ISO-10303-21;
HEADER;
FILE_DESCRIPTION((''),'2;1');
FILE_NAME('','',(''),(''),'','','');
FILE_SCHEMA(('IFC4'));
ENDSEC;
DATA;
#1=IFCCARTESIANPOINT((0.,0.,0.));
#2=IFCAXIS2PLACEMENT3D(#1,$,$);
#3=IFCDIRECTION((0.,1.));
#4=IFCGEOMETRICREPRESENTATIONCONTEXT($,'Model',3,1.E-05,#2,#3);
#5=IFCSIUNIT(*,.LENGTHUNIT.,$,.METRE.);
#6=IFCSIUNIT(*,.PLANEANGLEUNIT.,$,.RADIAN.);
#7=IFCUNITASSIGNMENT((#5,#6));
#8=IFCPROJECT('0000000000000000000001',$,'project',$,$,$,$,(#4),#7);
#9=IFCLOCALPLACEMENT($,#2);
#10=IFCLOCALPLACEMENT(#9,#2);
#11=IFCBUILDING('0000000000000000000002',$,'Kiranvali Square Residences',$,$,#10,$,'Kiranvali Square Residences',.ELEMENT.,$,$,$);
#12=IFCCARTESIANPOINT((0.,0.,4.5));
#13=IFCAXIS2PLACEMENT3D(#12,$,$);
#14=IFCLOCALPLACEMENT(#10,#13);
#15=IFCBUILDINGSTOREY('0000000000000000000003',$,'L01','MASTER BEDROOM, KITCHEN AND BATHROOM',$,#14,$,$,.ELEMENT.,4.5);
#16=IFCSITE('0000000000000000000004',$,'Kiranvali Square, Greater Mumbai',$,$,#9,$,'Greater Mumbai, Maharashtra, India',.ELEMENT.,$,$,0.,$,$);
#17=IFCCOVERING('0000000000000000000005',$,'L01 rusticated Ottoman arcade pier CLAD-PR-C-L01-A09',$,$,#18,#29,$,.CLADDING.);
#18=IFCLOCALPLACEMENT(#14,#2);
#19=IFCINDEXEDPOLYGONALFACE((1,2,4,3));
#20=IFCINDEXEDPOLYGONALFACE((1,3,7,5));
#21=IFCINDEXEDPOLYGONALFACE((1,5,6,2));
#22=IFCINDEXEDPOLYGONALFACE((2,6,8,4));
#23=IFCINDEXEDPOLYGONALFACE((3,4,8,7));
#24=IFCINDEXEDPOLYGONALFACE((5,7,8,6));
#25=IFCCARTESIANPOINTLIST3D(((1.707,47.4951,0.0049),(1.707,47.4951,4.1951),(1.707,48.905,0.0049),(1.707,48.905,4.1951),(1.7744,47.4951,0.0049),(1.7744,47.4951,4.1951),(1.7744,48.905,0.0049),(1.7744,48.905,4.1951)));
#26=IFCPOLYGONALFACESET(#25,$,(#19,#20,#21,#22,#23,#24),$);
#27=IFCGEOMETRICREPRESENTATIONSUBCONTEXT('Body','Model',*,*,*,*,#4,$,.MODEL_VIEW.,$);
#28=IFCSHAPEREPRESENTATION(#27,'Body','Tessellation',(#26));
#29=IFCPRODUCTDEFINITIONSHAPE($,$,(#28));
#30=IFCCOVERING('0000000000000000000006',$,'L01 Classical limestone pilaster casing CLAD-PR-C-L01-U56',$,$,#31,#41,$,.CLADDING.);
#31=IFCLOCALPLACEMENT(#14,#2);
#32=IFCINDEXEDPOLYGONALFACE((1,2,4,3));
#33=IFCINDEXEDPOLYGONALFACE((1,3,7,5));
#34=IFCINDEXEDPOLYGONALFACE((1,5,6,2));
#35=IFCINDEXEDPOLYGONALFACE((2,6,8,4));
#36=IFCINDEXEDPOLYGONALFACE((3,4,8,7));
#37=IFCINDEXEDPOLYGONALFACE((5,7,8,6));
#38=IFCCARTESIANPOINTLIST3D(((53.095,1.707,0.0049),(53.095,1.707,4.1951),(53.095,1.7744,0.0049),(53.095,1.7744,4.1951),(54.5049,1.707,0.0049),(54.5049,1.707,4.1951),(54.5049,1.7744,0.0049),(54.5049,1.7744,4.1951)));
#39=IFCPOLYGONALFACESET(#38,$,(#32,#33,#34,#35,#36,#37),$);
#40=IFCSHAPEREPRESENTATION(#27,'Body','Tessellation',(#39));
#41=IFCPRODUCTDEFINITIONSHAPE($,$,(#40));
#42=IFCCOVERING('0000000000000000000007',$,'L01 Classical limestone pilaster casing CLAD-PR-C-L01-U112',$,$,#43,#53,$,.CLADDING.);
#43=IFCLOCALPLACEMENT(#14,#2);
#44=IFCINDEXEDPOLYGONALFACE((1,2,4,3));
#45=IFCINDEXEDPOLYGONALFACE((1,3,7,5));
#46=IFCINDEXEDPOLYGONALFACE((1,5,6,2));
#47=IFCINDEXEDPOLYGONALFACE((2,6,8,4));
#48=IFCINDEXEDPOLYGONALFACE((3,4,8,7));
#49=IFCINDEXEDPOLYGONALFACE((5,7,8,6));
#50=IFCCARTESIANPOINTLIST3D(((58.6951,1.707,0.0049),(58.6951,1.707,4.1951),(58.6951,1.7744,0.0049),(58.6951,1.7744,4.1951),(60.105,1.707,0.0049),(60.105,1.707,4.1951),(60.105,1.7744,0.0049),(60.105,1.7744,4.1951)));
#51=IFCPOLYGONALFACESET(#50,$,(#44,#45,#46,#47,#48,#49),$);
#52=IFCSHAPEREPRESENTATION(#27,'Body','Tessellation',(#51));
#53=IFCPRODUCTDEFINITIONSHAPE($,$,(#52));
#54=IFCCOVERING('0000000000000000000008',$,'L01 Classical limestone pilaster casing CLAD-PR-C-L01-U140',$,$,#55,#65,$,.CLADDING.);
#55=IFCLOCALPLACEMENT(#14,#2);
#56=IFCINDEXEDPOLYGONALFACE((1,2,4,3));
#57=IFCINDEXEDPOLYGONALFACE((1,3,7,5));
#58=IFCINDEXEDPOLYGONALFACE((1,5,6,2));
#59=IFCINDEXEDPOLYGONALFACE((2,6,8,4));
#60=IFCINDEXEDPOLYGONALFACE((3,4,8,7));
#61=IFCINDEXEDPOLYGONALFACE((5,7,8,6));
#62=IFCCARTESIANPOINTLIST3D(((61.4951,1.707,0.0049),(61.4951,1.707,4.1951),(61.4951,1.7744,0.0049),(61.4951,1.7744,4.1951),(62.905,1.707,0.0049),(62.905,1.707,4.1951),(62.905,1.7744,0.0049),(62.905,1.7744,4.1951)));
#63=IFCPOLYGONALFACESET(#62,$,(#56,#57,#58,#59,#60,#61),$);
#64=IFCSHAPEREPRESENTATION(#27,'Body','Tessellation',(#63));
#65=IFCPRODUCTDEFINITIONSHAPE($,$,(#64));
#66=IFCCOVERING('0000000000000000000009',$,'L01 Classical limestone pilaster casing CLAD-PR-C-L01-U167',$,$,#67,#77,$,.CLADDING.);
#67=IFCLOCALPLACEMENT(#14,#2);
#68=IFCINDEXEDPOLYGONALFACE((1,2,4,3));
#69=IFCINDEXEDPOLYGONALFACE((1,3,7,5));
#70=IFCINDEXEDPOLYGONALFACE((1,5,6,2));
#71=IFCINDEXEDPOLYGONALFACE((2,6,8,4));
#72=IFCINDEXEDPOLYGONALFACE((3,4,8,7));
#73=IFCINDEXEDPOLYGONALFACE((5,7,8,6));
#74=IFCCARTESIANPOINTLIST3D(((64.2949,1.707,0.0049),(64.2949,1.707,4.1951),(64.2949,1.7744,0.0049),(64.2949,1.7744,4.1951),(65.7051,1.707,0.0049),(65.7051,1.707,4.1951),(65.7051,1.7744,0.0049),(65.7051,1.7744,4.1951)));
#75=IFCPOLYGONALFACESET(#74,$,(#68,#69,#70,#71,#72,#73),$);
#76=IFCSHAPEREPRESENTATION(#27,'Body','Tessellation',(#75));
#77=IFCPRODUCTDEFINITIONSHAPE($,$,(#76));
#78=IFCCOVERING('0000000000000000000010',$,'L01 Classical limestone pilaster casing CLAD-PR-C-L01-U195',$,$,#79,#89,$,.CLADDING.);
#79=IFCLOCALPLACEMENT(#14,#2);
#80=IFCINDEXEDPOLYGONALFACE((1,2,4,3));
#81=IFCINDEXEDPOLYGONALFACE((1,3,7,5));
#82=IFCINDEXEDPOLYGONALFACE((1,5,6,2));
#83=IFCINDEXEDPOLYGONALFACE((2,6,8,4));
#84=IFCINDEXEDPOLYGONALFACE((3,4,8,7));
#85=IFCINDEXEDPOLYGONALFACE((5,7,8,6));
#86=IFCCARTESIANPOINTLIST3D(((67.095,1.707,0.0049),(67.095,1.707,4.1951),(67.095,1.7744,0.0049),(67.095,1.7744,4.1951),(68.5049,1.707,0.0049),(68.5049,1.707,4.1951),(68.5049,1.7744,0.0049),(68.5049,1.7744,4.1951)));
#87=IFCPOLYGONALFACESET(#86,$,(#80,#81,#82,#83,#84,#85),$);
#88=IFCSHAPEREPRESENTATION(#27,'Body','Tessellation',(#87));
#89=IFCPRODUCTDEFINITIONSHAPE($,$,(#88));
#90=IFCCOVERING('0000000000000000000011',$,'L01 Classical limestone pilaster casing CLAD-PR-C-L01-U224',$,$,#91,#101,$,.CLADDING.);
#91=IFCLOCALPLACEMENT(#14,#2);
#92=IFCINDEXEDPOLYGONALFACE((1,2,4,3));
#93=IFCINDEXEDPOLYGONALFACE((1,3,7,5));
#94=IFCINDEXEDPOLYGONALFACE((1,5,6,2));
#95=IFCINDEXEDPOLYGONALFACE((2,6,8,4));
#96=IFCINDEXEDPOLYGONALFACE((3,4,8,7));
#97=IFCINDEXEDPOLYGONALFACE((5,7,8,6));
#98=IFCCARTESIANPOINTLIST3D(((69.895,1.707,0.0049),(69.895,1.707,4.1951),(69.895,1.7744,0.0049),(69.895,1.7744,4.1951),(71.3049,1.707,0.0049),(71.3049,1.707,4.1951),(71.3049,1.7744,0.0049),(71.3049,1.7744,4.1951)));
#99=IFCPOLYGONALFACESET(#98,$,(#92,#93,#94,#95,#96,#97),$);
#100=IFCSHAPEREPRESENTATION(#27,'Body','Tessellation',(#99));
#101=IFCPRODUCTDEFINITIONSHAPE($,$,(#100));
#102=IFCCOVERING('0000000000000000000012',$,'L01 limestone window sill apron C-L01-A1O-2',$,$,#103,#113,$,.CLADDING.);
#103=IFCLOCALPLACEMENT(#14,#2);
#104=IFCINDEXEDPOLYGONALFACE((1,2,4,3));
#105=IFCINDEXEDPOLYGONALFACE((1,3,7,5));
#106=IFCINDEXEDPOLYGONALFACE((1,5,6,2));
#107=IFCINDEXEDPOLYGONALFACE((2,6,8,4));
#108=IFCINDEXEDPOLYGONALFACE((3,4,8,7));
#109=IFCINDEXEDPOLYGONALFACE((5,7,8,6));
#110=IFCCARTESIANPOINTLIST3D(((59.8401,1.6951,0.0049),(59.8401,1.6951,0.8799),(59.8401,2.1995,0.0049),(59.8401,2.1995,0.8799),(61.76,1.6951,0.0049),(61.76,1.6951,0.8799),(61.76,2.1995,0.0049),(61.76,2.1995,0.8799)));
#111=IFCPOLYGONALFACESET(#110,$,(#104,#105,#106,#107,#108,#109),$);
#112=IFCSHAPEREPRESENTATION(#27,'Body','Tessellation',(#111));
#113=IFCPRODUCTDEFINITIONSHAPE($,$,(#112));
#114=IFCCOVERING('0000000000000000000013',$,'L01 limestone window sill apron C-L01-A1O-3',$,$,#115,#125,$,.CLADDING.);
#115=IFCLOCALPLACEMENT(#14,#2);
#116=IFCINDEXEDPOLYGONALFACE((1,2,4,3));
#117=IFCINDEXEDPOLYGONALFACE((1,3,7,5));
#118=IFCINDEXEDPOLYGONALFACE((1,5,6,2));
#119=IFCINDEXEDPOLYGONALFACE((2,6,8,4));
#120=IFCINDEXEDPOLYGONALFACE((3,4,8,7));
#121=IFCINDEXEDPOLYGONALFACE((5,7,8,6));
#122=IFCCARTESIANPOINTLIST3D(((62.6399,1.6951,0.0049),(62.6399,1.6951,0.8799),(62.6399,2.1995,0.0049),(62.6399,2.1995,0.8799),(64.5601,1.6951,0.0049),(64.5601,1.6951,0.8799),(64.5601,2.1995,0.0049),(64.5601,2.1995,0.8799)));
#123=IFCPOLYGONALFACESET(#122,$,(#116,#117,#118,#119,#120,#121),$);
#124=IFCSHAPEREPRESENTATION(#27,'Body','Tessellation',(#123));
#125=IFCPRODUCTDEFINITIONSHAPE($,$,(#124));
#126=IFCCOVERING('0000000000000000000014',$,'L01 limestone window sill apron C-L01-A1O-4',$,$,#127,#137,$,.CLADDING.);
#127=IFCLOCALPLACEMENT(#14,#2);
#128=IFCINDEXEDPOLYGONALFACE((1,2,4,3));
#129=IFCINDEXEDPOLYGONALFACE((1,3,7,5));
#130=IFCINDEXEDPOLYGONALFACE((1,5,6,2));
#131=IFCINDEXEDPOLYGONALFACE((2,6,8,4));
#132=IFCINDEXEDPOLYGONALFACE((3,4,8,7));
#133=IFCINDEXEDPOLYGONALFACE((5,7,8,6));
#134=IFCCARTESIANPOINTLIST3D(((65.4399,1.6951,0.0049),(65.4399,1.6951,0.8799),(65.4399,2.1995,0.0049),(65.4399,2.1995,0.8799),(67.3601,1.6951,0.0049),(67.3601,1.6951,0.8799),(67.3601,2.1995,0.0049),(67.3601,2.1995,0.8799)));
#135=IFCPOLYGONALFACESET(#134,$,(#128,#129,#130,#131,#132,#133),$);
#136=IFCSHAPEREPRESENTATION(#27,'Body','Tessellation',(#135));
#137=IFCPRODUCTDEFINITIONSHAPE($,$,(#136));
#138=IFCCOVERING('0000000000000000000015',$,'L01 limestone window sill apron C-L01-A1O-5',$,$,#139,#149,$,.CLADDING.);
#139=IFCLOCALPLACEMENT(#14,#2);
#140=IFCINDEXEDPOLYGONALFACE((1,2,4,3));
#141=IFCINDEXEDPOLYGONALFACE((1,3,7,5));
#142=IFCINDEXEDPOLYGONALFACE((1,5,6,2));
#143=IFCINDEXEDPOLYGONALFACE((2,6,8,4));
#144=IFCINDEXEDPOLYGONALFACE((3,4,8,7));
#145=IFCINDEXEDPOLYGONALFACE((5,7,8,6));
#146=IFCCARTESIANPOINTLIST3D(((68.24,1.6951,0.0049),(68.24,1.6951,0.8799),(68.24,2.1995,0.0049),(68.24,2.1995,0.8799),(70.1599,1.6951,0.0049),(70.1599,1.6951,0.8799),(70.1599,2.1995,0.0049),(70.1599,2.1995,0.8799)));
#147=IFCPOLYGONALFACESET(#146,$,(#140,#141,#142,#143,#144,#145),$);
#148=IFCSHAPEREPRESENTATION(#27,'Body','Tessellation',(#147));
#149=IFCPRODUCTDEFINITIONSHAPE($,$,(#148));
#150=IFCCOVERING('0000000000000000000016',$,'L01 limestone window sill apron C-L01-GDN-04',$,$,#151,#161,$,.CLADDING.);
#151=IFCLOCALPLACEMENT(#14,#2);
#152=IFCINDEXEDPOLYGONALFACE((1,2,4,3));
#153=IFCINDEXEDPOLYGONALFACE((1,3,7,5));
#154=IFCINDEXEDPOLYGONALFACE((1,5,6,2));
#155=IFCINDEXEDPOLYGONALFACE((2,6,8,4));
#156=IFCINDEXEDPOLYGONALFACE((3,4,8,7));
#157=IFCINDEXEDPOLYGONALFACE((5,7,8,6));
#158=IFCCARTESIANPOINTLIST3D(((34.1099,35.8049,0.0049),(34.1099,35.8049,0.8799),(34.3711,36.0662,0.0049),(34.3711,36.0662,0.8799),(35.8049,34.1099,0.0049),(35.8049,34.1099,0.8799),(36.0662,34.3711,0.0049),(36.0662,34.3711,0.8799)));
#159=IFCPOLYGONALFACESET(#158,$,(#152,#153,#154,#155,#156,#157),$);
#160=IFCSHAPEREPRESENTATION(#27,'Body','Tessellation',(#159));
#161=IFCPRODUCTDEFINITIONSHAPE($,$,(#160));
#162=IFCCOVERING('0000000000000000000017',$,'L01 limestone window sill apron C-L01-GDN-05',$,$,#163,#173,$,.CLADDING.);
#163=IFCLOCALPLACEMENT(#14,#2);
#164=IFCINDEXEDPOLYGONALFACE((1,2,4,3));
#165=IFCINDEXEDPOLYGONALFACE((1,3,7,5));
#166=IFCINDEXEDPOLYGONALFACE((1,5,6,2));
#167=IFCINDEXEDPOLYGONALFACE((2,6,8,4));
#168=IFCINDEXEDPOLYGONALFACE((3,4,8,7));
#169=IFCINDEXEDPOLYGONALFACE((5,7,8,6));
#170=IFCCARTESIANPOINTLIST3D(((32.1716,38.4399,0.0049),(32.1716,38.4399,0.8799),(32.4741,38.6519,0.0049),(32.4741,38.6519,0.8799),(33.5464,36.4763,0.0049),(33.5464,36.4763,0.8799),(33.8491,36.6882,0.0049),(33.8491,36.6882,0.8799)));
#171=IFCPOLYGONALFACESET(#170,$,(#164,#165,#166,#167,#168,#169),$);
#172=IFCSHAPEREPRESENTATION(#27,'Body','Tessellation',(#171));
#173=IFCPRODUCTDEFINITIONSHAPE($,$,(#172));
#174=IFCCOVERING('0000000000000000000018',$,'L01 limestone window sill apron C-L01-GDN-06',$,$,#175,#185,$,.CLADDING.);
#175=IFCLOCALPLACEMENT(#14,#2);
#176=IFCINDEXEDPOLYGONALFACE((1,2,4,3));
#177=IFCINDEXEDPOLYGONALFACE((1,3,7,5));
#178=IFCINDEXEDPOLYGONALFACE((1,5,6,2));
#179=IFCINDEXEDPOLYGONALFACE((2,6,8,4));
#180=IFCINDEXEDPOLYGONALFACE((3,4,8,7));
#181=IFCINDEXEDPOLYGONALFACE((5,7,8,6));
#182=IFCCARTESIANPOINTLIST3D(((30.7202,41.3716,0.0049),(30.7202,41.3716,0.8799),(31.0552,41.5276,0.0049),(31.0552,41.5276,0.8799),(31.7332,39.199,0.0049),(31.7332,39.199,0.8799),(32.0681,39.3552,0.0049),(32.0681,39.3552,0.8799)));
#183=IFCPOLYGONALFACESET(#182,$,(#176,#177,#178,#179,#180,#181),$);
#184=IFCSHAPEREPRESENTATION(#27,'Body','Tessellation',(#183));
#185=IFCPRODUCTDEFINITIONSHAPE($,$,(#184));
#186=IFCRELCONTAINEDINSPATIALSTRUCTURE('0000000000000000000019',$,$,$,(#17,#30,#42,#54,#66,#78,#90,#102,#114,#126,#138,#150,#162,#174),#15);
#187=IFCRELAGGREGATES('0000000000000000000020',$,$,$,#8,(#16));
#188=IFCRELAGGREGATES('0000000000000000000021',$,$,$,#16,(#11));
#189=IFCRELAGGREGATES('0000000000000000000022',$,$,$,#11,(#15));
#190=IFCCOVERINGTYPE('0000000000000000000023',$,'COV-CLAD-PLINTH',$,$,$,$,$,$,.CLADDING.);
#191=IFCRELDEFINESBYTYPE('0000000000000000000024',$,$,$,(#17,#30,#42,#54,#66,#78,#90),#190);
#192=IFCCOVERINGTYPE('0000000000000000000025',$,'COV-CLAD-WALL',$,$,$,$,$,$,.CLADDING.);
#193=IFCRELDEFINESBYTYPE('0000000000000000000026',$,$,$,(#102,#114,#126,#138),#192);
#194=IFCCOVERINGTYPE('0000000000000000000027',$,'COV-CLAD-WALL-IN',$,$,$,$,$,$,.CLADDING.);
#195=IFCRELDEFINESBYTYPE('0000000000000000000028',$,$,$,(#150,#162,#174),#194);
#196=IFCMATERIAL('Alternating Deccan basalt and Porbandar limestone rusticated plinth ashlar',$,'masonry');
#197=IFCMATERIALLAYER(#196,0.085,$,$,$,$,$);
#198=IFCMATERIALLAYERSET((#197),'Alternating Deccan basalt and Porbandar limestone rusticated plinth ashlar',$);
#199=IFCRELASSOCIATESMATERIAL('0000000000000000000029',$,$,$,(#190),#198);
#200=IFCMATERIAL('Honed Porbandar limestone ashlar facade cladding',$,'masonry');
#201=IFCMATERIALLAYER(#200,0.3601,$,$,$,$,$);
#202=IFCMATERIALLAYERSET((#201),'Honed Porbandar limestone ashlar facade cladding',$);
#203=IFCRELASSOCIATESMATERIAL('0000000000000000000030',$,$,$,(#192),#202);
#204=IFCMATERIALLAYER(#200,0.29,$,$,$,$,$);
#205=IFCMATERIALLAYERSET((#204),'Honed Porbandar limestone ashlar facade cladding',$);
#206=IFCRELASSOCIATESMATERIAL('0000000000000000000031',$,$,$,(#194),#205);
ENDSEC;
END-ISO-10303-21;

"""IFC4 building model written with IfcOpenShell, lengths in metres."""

from ifc_helpers import new_model, si_unit, direction, frame, origin, place, context, subcontext, project, spatial, polyline, outline, extrude, material, layer, layer_set, type_object, element, save


model = new_model("IFC4")

# Units and contexts
model_context = context("Model", 3, precision=1e-05, world=origin(), true_north=direction((0.0, 1.0)))
body_context = subcontext(model_context, "Body", "Model", "MODEL_VIEW")
ifc_project = project(units=[si_unit("LENGTHUNIT", "METRE"), si_unit("PLANEANGLEUNIT", "RADIAN")], contexts=[model_context])

# Site, building, storey
site_placement = place(None, origin())
site = spatial("IfcSite", under=ifc_project, at=site_placement, Name="Kiranvali Square, Greater Mumbai", LongName="Greater Mumbai, Maharashtra, India", CompositionType="ELEMENT", RefElevation=0.0)
building_placement = place(site_placement, origin())
building = spatial("IfcBuilding", under=site, at=building_placement, Name="Kiranvali Square Residences", LongName="Kiranvali Square Residences", CompositionType="ELEMENT")
storey_placement = place(building_placement, frame((0.0, 0.0, 4.5)))
storey = spatial("IfcBuildingStorey", under=building, at=storey_placement, Name="L01", Description="MASTER BEDROOM, KITCHEN AND BATHROOM", CompositionType="ELEMENT", Elevation=4.5)

# Coverings
ifc_material_1 = material(Name="Honed Porbandar limestone ashlar facade cladding", Category="masonry")
ifc_material_2 = material(Name="Alternating Deccan basalt and Porbandar limestone rusticated plinth ashlar", Category="masonry")
ifc_layer_1 = layer(ifc_material_2, 0.085)
ifc_layer_set_1 = layer_set([ifc_layer_1], Name="Alternating Deccan basalt and Porbandar limestone rusticated plinth ashlar")
covering_type_1 = type_object("IfcCoveringType", Name="COV-CLAD-PLINTH", PredefinedType="CLADDING", material=ifc_layer_set_1)
covering_1_placement = place(storey_placement, frame((0.0, 0.0, 0.0049)))
element("IfcCovering", 1, at=covering_1_placement, inside=storey, type_object=covering_type_1, Name="L01 rusticated Ottoman arcade pier CLAD-PR-C-L01-A09", PredefinedType="CLADDING", context=body_context, shape_type="SweptSolid", body=[
    extrude(outline(polyline([(1.707, 48.905), (1.707, 47.4951), (1.7744, 47.4951), (1.7744, 48.905), (1.707, 48.905)])), origin(), (0.0, 0.0, 1.0), 4.1902),
])
covering_2_placement = place(storey_placement, frame((0.0, 0.0, 0.0049)))
element("IfcCovering", 2, at=covering_2_placement, inside=storey, type_object=covering_type_1, Name="L01 Classical limestone pilaster casing CLAD-PR-C-L01-U56", PredefinedType="CLADDING", context=body_context, shape_type="SweptSolid", body=[
    extrude(outline(polyline([(53.095, 1.707), (54.5049, 1.707), (54.5049, 1.7744), (53.095, 1.7744), (53.095, 1.707)])), origin(), (0.0, 0.0, 1.0), 4.1902),
])
covering_3_placement = place(storey_placement, frame((0.0, 0.0, 0.0049)))
element("IfcCovering", 3, at=covering_3_placement, inside=storey, type_object=covering_type_1, Name="L01 Classical limestone pilaster casing CLAD-PR-C-L01-U112", PredefinedType="CLADDING", context=body_context, shape_type="SweptSolid", body=[
    extrude(outline(polyline([(58.6951, 1.707), (60.105, 1.707), (60.105, 1.7744), (58.6951, 1.7744), (58.6951, 1.707)])), origin(), (0.0, 0.0, 1.0), 4.1902),
])
covering_4_placement = place(storey_placement, frame((0.0, 0.0, 0.0049)))
element("IfcCovering", 4, at=covering_4_placement, inside=storey, type_object=covering_type_1, Name="L01 Classical limestone pilaster casing CLAD-PR-C-L01-U140", PredefinedType="CLADDING", context=body_context, shape_type="SweptSolid", body=[
    extrude(outline(polyline([(61.4951, 1.707), (62.905, 1.707), (62.905, 1.7744), (61.4951, 1.7744), (61.4951, 1.707)])), origin(), (0.0, 0.0, 1.0), 4.1902),
])
covering_5_placement = place(storey_placement, frame((0.0, 0.0, 0.0049)))
element("IfcCovering", 5, at=covering_5_placement, inside=storey, type_object=covering_type_1, Name="L01 Classical limestone pilaster casing CLAD-PR-C-L01-U167", PredefinedType="CLADDING", context=body_context, shape_type="SweptSolid", body=[
    extrude(outline(polyline([(64.2949, 1.707), (65.7051, 1.707), (65.7051, 1.7744), (64.2949, 1.7744), (64.2949, 1.707)])), origin(), (0.0, 0.0, 1.0), 4.1902),
])
covering_6_placement = place(storey_placement, frame((0.0, 0.0, 0.0049)))
element("IfcCovering", 6, at=covering_6_placement, inside=storey, type_object=covering_type_1, Name="L01 Classical limestone pilaster casing CLAD-PR-C-L01-U195", PredefinedType="CLADDING", context=body_context, shape_type="SweptSolid", body=[
    extrude(outline(polyline([(67.095, 1.707), (68.5049, 1.707), (68.5049, 1.7744), (67.095, 1.7744), (67.095, 1.707)])), origin(), (0.0, 0.0, 1.0), 4.1902),
])
covering_7_placement = place(storey_placement, frame((0.0, 0.0, 0.0049)))
element("IfcCovering", 7, at=covering_7_placement, inside=storey, type_object=covering_type_1, Name="L01 Classical limestone pilaster casing CLAD-PR-C-L01-U224", PredefinedType="CLADDING", context=body_context, shape_type="SweptSolid", body=[
    extrude(outline(polyline([(69.895, 1.707), (71.3049, 1.707), (71.3049, 1.7744), (69.895, 1.7744), (69.895, 1.707)])), origin(), (0.0, 0.0, 1.0), 4.1902),
])
ifc_layer_2 = layer(ifc_material_1, 0.3601)
ifc_layer_set_2 = layer_set([ifc_layer_2], Name="Honed Porbandar limestone ashlar facade cladding")
covering_type_2 = type_object("IfcCoveringType", Name="COV-CLAD-WALL", PredefinedType="CLADDING", material=ifc_layer_set_2)
covering_8_placement = place(storey_placement, frame((0.0, 0.0, 0.0049)))
element("IfcCovering", 8, at=covering_8_placement, inside=storey, type_object=covering_type_2, Name="L01 limestone window sill apron C-L01-A1O-2", PredefinedType="CLADDING", context=body_context, shape_type="SweptSolid", body=[
    extrude(outline(polyline([(59.8401, 1.6951), (61.76, 1.6951), (61.76, 2.1995), (59.8401, 2.1995), (59.8401, 1.6951)])), origin(), (0.0, 0.0, 1.0), 0.875),
])
covering_9_placement = place(storey_placement, frame((0.0, 0.0, 0.0049)))
element("IfcCovering", 9, at=covering_9_placement, inside=storey, type_object=covering_type_2, Name="L01 limestone window sill apron C-L01-A1O-3", PredefinedType="CLADDING", context=body_context, shape_type="SweptSolid", body=[
    extrude(outline(polyline([(62.6399, 1.6951), (64.5601, 1.6951), (64.5601, 2.1995), (62.6399, 2.1995), (62.6399, 1.6951)])), origin(), (0.0, 0.0, 1.0), 0.875),
])
covering_10_placement = place(storey_placement, frame((0.0, 0.0, 0.0049)))
element("IfcCovering", 10, at=covering_10_placement, inside=storey, type_object=covering_type_2, Name="L01 limestone window sill apron C-L01-A1O-4", PredefinedType="CLADDING", context=body_context, shape_type="SweptSolid", body=[
    extrude(outline(polyline([(65.4399, 1.6951), (67.3601, 1.6951), (67.3601, 2.1995), (65.4399, 2.1995), (65.4399, 1.6951)])), origin(), (0.0, 0.0, 1.0), 0.875),
])
covering_11_placement = place(storey_placement, frame((0.0, 0.0, 0.0049)))
element("IfcCovering", 11, at=covering_11_placement, inside=storey, type_object=covering_type_2, Name="L01 limestone window sill apron C-L01-A1O-5", PredefinedType="CLADDING", context=body_context, shape_type="SweptSolid", body=[
    extrude(outline(polyline([(68.24, 1.6951), (70.1599, 1.6951), (70.1599, 2.1995), (68.24, 2.1995), (68.24, 1.6951)])), origin(), (0.0, 0.0, 1.0), 0.875),
])
ifc_layer_3 = layer(ifc_material_1, 0.29)
ifc_layer_set_3 = layer_set([ifc_layer_3], Name="Honed Porbandar limestone ashlar facade cladding")
covering_type_3 = type_object("IfcCoveringType", Name="COV-CLAD-WALL-IN", PredefinedType="CLADDING", material=ifc_layer_set_3)
covering_12_placement = place(storey_placement, frame((0.0, 0.0, 0.0049)))
element("IfcCovering", 12, at=covering_12_placement, inside=storey, type_object=covering_type_3, Name="L01 limestone window sill apron C-L01-GDN-04", PredefinedType="CLADDING", context=body_context, shape_type="SweptSolid", body=[
    extrude(outline(polyline([(36.0662, 34.3711), (34.3711, 36.0662), (34.1099, 35.8049), (35.8049, 34.1099), (36.0662, 34.3711)])), origin(), (0.0, 0.0, 1.0), 0.875),
])
covering_13_placement = place(storey_placement, frame((0.0, 0.0, 0.0049)))
element("IfcCovering", 13, at=covering_13_placement, inside=storey, type_object=covering_type_3, Name="L01 limestone window sill apron C-L01-GDN-05", PredefinedType="CLADDING", context=body_context, shape_type="SweptSolid", body=[
    extrude(outline(polyline([(33.8491, 36.6882), (32.4741, 38.6519), (32.1716, 38.4399), (33.5464, 36.4763), (33.8491, 36.6882)])), origin(), (0.0, 0.0, 1.0), 0.875),
])
covering_14_placement = place(storey_placement, frame((0.0, 0.0, 0.0049)))
element("IfcCovering", 14, at=covering_14_placement, inside=storey, type_object=covering_type_3, Name="L01 limestone window sill apron C-L01-GDN-06", PredefinedType="CLADDING", context=body_context, shape_type="SweptSolid", body=[
    extrude(outline(polyline([(32.0681, 39.3552), (31.0552, 41.5276), (30.7202, 41.3716), (31.7332, 39.199), (32.0681, 39.3552)])), origin(), (0.0, 0.0, 1.0), 0.875),
])

save(model, "model.ifc")
